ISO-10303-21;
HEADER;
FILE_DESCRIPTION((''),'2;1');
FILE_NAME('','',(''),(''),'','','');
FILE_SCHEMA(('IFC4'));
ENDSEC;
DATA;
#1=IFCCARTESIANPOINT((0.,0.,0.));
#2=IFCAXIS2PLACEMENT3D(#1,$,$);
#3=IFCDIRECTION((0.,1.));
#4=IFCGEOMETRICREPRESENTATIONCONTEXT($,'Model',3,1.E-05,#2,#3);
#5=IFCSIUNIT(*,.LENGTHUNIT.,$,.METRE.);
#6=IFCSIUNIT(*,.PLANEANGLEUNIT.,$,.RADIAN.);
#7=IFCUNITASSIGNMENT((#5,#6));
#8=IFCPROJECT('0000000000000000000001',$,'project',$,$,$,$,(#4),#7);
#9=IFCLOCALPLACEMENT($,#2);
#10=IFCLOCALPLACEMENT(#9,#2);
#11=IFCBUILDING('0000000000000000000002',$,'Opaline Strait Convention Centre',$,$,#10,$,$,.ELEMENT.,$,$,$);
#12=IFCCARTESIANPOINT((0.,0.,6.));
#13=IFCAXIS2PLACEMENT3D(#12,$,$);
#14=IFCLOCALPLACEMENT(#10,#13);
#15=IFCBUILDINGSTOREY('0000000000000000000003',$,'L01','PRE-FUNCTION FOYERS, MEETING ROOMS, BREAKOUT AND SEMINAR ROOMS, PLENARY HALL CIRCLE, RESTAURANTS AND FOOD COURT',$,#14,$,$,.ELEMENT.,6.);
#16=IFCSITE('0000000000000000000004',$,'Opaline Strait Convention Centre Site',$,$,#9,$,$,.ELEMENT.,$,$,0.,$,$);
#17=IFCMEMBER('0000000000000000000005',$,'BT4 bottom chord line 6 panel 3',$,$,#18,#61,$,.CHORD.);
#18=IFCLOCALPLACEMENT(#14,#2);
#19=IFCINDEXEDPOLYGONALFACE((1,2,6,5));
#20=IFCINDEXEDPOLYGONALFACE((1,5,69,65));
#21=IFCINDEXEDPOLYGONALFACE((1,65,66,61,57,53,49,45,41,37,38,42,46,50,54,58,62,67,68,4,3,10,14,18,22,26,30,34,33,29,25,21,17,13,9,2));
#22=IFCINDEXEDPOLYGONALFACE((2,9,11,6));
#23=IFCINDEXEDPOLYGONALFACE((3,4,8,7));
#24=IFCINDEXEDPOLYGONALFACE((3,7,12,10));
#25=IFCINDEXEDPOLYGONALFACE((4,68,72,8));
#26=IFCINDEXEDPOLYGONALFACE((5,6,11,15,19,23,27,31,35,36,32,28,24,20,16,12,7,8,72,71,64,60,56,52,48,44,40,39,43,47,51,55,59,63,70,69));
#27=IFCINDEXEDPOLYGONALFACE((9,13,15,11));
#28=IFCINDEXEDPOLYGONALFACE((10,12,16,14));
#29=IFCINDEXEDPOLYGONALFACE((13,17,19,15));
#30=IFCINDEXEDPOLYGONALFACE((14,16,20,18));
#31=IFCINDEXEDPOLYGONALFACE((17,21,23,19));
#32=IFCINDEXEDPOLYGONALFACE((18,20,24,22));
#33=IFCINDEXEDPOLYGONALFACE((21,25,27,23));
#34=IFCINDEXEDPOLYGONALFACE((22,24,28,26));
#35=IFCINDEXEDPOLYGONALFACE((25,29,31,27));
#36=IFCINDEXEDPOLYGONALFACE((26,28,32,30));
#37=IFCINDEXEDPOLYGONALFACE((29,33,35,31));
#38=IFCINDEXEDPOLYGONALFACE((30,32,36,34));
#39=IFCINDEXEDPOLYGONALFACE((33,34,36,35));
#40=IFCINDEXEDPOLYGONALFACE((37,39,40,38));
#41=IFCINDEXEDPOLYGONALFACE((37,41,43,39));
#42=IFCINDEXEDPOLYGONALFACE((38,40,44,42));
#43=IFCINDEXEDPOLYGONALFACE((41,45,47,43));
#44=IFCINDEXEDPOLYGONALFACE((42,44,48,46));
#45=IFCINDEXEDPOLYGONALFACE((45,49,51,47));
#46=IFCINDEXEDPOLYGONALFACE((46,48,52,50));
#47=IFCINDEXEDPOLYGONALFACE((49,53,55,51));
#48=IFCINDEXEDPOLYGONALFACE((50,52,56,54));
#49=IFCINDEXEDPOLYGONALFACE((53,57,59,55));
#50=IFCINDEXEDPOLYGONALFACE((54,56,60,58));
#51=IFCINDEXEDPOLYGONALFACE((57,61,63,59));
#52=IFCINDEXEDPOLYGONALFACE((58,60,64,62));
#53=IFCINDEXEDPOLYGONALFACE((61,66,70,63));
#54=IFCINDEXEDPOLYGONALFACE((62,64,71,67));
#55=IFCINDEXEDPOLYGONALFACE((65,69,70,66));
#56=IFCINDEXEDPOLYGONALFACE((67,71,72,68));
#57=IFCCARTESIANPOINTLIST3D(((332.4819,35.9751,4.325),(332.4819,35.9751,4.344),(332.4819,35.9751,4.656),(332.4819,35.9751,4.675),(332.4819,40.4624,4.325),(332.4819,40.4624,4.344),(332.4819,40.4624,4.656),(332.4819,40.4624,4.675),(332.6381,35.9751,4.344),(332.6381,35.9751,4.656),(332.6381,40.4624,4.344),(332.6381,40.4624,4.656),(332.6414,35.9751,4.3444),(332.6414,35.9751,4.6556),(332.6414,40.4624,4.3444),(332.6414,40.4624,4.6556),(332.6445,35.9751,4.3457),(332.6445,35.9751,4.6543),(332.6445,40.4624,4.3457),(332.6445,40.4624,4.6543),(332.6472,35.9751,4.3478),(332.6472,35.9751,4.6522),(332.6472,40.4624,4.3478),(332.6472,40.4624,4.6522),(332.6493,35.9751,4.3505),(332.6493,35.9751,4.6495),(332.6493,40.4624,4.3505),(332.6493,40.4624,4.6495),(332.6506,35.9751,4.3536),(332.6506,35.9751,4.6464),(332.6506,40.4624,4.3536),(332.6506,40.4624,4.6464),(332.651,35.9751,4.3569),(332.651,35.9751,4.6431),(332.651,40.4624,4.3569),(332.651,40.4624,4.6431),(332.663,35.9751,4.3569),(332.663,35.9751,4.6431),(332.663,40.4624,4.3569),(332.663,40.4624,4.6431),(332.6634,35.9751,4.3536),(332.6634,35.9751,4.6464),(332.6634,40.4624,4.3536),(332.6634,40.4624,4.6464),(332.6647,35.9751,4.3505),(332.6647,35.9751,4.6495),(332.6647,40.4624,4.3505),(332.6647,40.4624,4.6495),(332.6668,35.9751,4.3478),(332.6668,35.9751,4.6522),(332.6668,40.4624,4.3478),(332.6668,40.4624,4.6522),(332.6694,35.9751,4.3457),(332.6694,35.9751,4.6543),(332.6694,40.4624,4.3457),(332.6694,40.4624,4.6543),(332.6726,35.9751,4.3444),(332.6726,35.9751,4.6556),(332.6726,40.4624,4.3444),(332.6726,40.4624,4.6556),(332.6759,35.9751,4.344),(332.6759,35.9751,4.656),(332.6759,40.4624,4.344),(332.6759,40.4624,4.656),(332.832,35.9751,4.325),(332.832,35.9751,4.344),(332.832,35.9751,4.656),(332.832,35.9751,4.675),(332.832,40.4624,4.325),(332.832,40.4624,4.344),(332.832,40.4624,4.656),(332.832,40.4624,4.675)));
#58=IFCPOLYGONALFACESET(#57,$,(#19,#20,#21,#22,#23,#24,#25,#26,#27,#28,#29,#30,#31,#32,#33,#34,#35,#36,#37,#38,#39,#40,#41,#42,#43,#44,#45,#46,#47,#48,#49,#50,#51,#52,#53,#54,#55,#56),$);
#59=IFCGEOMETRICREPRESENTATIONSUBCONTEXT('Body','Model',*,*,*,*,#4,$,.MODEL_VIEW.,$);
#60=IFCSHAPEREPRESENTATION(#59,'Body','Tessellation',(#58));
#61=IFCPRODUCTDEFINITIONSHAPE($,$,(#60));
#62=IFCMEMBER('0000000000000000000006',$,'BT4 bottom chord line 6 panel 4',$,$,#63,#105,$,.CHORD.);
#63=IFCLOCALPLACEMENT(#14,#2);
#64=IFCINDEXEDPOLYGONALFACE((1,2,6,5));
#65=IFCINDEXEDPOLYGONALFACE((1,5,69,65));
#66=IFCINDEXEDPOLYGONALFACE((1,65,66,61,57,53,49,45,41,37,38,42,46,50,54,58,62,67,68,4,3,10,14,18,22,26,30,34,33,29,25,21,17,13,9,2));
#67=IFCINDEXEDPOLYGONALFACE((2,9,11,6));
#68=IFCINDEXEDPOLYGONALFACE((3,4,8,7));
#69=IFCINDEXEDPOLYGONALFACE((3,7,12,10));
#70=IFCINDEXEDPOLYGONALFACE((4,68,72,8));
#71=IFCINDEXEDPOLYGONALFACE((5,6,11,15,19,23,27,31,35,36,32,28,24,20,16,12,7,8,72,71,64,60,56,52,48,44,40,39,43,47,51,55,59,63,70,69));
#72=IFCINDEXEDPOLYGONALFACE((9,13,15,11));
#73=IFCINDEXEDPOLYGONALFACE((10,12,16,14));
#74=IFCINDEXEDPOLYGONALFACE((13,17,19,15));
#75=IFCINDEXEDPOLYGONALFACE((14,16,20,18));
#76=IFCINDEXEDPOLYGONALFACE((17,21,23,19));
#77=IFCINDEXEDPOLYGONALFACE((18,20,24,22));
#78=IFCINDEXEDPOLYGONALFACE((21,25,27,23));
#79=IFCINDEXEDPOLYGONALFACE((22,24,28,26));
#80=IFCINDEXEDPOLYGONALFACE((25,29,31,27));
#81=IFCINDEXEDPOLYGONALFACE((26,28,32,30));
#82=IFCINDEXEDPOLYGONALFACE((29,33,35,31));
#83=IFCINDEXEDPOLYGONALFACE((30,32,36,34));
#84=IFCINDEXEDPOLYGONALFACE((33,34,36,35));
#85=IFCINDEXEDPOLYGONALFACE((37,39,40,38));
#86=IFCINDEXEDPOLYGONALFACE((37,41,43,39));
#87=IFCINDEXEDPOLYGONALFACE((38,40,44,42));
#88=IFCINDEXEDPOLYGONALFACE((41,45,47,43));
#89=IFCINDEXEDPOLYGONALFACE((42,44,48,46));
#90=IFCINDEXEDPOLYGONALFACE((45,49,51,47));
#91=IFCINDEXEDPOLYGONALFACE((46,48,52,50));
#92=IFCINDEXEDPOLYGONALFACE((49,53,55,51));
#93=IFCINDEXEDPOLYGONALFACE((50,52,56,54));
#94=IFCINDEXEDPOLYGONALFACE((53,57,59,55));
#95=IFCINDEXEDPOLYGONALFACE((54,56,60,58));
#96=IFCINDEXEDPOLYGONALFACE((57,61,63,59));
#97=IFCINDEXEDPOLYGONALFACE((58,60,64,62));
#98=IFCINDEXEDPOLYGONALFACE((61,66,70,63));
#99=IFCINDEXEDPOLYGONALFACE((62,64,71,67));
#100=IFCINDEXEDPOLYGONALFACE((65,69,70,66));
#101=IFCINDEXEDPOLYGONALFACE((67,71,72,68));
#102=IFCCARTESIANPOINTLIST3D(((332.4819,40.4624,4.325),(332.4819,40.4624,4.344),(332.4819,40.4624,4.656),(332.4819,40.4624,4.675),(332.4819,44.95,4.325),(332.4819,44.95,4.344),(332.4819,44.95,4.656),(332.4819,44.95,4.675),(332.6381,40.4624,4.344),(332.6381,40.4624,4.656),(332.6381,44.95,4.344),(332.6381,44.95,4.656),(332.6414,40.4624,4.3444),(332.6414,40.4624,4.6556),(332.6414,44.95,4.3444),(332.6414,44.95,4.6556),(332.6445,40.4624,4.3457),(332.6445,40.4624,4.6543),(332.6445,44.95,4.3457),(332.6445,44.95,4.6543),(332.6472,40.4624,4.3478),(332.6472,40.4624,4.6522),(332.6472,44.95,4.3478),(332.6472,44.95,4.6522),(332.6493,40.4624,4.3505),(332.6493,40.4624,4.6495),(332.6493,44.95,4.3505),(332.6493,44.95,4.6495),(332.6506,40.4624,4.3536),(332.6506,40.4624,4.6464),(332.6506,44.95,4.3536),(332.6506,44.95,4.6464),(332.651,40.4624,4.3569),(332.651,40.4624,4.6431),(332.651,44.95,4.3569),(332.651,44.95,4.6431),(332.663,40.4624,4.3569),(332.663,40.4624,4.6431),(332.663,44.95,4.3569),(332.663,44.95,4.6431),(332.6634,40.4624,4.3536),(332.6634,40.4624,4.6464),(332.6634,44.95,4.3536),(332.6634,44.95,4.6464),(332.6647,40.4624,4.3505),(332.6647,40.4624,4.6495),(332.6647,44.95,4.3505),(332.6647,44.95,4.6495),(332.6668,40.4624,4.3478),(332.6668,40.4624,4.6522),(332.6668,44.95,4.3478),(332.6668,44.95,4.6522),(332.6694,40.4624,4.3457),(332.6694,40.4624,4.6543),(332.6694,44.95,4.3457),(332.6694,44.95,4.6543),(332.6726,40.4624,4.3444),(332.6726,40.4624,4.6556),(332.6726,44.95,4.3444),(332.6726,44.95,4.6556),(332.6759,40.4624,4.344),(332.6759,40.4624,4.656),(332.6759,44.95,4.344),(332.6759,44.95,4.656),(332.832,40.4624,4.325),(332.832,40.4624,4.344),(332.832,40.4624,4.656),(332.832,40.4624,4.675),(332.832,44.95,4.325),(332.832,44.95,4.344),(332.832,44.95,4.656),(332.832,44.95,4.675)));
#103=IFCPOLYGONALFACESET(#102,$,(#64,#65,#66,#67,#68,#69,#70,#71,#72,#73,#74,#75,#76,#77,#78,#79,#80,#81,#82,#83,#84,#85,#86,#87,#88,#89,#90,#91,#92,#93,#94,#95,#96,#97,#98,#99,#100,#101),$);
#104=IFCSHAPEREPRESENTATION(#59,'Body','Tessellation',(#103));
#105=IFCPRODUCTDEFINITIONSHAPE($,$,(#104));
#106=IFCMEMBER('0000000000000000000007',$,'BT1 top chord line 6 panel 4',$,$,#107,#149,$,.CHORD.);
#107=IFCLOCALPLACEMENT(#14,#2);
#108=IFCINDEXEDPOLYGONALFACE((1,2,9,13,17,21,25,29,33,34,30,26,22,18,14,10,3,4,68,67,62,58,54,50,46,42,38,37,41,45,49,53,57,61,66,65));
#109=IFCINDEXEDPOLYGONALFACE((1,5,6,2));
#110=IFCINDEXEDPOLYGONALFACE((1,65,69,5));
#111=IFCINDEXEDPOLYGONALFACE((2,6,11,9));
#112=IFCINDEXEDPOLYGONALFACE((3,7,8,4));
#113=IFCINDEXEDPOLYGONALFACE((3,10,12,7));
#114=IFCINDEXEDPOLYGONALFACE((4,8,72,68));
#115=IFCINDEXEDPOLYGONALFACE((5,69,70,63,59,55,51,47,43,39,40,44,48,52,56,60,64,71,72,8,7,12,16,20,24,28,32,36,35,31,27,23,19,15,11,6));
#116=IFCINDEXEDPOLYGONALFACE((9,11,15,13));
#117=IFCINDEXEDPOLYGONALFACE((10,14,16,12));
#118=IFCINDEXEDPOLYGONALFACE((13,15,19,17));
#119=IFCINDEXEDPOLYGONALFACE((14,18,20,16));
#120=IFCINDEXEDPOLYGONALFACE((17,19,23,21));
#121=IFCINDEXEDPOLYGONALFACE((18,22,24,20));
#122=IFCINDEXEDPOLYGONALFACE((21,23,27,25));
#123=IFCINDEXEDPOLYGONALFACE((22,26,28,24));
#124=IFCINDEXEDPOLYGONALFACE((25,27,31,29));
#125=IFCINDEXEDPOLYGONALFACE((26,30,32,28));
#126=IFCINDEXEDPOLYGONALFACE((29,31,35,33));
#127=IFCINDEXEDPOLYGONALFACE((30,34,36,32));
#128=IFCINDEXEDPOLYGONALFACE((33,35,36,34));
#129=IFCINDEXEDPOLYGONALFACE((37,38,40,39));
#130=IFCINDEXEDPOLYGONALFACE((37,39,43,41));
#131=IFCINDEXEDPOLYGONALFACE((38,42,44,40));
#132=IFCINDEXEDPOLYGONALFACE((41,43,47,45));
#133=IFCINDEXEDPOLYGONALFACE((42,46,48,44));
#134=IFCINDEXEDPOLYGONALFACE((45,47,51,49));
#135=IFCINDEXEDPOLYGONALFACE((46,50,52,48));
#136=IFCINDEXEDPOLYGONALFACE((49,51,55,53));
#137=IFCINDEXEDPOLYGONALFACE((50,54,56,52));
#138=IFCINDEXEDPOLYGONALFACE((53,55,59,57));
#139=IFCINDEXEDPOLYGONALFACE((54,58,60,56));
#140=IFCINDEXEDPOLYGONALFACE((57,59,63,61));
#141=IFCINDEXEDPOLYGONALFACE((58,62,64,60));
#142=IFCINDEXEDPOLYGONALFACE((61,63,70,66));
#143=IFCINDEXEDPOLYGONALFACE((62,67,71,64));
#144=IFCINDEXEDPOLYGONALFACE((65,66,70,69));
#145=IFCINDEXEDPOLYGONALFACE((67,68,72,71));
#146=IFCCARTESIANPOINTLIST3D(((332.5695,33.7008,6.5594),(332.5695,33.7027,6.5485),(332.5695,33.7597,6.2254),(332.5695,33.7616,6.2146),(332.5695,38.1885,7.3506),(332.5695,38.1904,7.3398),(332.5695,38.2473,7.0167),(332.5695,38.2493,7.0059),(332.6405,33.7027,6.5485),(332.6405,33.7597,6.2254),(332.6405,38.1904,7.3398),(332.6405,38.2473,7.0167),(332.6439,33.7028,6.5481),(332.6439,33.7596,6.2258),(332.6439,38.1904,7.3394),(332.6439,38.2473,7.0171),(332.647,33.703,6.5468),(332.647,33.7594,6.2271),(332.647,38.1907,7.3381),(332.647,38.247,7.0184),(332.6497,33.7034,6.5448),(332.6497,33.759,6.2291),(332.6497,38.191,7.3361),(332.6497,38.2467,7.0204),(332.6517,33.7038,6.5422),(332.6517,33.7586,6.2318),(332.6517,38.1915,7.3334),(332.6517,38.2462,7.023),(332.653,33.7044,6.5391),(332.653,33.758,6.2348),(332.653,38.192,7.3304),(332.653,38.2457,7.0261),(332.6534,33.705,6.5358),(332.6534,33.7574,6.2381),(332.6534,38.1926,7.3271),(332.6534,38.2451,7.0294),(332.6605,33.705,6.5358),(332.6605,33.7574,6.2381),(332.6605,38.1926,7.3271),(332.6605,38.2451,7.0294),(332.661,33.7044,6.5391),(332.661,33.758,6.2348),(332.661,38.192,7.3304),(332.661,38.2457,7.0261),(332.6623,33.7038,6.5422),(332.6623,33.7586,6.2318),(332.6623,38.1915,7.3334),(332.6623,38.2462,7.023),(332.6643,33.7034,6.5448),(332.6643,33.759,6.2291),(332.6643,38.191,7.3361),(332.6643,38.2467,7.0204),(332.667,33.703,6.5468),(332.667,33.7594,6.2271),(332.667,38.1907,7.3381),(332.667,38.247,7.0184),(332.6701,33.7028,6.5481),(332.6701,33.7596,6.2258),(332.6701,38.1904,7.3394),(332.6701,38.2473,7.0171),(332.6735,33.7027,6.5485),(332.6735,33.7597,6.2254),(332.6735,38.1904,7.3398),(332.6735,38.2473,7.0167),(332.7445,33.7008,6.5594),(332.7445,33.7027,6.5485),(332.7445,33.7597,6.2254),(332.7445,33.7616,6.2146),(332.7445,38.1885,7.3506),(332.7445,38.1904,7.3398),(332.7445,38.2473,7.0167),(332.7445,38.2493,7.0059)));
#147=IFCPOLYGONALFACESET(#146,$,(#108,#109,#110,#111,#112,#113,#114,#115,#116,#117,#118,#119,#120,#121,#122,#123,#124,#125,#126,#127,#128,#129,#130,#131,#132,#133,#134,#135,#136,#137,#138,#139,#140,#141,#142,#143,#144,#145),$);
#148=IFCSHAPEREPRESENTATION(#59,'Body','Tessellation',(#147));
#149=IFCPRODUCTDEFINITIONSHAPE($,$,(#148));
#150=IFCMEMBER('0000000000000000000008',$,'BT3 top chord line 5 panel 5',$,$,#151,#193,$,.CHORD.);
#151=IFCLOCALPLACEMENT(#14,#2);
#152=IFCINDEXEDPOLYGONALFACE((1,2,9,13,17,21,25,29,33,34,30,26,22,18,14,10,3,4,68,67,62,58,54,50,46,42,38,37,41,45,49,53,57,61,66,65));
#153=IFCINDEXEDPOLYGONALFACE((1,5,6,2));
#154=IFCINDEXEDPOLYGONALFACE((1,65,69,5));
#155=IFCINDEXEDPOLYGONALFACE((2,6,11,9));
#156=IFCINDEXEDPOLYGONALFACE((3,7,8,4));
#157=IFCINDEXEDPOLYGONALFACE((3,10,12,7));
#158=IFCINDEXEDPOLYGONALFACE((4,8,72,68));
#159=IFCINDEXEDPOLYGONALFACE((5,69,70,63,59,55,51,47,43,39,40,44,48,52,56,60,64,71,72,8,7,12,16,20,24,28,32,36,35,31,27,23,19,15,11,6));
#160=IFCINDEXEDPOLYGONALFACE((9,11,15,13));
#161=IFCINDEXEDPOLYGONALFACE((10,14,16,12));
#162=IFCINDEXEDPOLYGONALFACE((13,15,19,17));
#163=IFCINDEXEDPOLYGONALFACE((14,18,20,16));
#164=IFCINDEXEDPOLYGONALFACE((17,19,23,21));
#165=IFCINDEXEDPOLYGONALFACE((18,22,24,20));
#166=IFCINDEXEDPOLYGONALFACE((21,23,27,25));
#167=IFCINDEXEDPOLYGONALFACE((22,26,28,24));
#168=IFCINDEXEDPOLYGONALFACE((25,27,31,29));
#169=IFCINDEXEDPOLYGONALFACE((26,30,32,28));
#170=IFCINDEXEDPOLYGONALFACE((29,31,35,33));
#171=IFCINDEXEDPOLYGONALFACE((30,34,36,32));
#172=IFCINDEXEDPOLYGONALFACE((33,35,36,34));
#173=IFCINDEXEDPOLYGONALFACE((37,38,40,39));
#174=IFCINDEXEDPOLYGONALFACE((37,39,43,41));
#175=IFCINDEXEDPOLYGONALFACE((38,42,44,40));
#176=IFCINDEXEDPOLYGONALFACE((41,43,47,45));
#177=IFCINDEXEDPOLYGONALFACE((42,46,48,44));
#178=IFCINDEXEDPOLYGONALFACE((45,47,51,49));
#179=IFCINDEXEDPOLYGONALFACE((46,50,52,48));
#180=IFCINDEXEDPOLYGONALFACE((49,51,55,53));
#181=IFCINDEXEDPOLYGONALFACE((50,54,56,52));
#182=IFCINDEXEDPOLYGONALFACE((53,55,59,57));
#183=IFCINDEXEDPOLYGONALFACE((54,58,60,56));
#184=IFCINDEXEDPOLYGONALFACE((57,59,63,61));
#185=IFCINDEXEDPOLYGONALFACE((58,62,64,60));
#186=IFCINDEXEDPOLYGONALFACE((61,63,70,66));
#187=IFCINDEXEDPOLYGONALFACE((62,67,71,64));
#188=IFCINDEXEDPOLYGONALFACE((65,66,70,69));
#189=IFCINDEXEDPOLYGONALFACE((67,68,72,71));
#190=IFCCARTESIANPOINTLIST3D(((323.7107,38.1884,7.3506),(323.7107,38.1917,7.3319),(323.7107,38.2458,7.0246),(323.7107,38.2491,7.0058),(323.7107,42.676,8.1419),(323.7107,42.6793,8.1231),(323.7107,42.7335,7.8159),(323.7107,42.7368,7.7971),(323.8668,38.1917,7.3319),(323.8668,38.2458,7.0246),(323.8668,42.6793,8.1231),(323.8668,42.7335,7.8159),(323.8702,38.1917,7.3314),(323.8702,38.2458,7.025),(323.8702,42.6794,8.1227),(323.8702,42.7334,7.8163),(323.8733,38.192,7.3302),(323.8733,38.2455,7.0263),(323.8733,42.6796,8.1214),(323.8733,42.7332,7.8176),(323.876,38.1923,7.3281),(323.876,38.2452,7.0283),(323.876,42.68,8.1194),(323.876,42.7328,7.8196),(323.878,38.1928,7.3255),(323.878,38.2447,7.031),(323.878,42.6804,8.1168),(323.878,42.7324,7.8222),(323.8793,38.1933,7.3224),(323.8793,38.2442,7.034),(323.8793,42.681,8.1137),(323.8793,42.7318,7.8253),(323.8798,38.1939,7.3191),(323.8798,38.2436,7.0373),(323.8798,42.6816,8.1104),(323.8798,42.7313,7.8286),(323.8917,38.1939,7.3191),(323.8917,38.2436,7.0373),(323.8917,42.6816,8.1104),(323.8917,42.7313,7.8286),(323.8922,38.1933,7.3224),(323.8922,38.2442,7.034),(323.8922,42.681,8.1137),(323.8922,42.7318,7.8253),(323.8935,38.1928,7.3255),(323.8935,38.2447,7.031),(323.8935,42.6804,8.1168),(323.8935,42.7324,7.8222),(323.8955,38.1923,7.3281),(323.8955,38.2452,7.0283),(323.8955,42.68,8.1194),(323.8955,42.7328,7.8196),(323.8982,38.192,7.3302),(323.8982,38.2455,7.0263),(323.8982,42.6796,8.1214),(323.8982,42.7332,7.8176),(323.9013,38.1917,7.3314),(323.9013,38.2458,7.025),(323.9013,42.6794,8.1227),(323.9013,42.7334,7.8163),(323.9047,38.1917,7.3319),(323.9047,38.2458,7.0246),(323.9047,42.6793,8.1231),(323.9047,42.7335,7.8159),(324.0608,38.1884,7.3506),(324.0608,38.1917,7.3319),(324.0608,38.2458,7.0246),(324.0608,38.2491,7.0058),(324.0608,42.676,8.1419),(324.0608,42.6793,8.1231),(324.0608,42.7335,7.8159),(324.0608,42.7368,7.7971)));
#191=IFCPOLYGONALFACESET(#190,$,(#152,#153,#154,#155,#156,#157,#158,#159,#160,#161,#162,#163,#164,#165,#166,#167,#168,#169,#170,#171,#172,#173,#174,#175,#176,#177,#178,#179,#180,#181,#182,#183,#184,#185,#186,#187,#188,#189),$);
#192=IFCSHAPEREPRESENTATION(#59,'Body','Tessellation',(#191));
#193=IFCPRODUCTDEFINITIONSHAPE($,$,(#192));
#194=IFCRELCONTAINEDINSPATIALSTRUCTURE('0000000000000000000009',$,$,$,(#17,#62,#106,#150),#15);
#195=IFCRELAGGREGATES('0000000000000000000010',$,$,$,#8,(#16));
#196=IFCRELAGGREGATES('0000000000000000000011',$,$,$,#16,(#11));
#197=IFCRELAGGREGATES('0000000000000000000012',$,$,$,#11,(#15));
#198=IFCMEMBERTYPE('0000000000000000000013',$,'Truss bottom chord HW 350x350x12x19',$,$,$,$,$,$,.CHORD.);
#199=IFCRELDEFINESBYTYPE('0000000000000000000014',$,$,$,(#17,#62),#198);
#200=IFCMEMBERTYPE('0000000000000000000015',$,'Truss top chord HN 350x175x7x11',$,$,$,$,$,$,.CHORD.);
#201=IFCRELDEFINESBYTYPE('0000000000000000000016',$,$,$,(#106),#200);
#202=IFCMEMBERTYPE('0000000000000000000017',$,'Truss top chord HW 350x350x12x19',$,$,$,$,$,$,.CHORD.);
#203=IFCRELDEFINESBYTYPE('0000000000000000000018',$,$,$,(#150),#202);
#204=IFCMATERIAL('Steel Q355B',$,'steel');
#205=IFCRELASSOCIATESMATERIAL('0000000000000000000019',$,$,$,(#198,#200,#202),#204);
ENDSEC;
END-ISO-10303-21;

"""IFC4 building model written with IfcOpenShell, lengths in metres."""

from ifc_helpers import new_model, si_unit, direction, frame, origin, origin_2d, place, context, subcontext, project, spatial, i_section, extrude, material, material_profile, profile_set, type_object, element, save


model = new_model("IFC4")

# Units and contexts
model_context = context("Model", 3, precision=1e-05, world=origin(), true_north=direction((0.0, 1.0)))
body_context = subcontext(model_context, "Body", "Model", "MODEL_VIEW")
ifc_project = project(units=[si_unit("LENGTHUNIT", "METRE"), si_unit("PLANEANGLEUNIT", "RADIAN")], contexts=[model_context])

# Site, building, storey
site_placement = place(None, origin())
site = spatial("IfcSite", under=ifc_project, at=site_placement, Name="Opaline Strait Convention Centre Site", CompositionType="ELEMENT", RefElevation=0.0)
building_placement = place(site_placement, origin())
building = spatial("IfcBuilding", under=site, at=building_placement, Name="Opaline Strait Convention Centre", CompositionType="ELEMENT")
storey_placement = place(building_placement, frame((0.0, 0.0, 6.0)))
storey = spatial("IfcBuildingStorey", under=building, at=storey_placement, Name="L01", Description="PRE-FUNCTION FOYERS, MEETING ROOMS, BREAKOUT AND SEMINAR ROOMS, PLENARY HALL CIRCLE, RESTAURANTS AND FOOD COURT", CompositionType="ELEMENT", Elevation=6.0)

# Members
ifc_material_1 = material(Name="Steel Q355B", Category="steel")
ifc_material_profile_1 = material_profile(ifc_material_1, i_section(OverallWidth=0.3501, OverallDepth=0.3501, WebThickness=0.012, FlangeThickness=0.019, FilletRadius=0.0129, at=origin_2d()), Name="HW 350x350x12x19")
ifc_profile_set_1 = profile_set([ifc_material_profile_1], Name="Steel Q355B")
member_type_1 = type_object("IfcMemberType", Name="Truss bottom chord HW 350x350x12x19", PredefinedType="CHORD", material=ifc_profile_set_1)
member_1_placement = place(storey_placement, frame((332.657, 35.9751, 4.5), z_axis=(0.0, 1.0, 0.0), x_axis=(-1.0, 0.0, 0.0)))
element("IfcMember", 1, at=member_1_placement, inside=storey, type_object=member_type_1, Name="BT4 bottom chord line 6 panel 3", PredefinedType="CHORD", context=body_context, shape_type="SweptSolid", body=[
    extrude(i_section(OverallWidth=0.3501, OverallDepth=0.3501, WebThickness=0.012, FlangeThickness=0.019, FilletRadius=0.0129, at=origin_2d()), origin(), (0.0, 0.0, 1.0), 4.4873),
])
member_2_placement = place(storey_placement, frame((332.657, 40.4624, 4.5), z_axis=(0.0, 1.0, 0.0), x_axis=(-1.0, 0.0, 0.0)))
element("IfcMember", 2, at=member_2_placement, inside=storey, type_object=member_type_1, Name="BT4 bottom chord line 6 panel 4", PredefinedType="CHORD", context=body_context, shape_type="SweptSolid", body=[
    extrude(i_section(OverallWidth=0.3501, OverallDepth=0.3501, WebThickness=0.012, FlangeThickness=0.019, FilletRadius=0.0129, at=origin_2d()), origin(), (0.0, 0.0, 1.0), 4.4875),
])
ifc_material_profile_2 = material_profile(ifc_material_1, i_section(OverallWidth=0.175, OverallDepth=0.3501, WebThickness=0.0071, FlangeThickness=0.011, FilletRadius=0.0129, at=origin_2d()), Name="HN 350x175x7x11")
ifc_profile_set_2 = profile_set([ifc_material_profile_2], Name="Steel Q355B")
member_type_2 = type_object("IfcMemberType", Name="Truss top chord HN 350x175x7x11", PredefinedType="CHORD", material=ifc_profile_set_2)
member_3_placement = place(storey_placement, frame((332.657, 33.7312, 6.387), z_axis=(0.0, 0.984808, 0.173645), x_axis=(-1.0, 0.0, 0.0)))
element("IfcMember", 3, at=member_3_placement, inside=storey, type_object=member_type_2, Name="BT1 top chord line 6 panel 4", PredefinedType="CHORD", context=body_context, shape_type="SweptSolid", body=[
    extrude(i_section(OverallWidth=0.175, OverallDepth=0.3501, WebThickness=0.0071, FlangeThickness=0.011, FilletRadius=0.0129, at=origin_2d()), origin(), (0.0, 0.0, 1.0), 4.5569),
])
ifc_material_profile_3 = material_profile(ifc_material_1, i_section(OverallWidth=0.3501, OverallDepth=0.3501, WebThickness=0.012, FlangeThickness=0.019, FilletRadius=0.0129, at=origin_2d()), Name="HW 350x350x12x19")
ifc_profile_set_3 = profile_set([ifc_material_profile_3], Name="Steel Q355B")
member_type_3 = type_object("IfcMemberType", Name="Truss top chord HW 350x350x12x19", PredefinedType="CHORD", material=ifc_profile_set_3)
for number, where, z_axis, x_axis, name in (
    (4, (323.8857, 38.2188, 7.1782), (0.0, 0.984808, 0.173645), (-1.0, 0.0, 0.0), "BT3 top chord line 5 panel 5"),
):
    element("IfcMember", number, at=place(storey_placement, frame(where, z_axis=z_axis, x_axis=x_axis)), inside=storey, type_object=member_type_3, Name=name, PredefinedType="CHORD", context=body_context, shape_type="SweptSolid", body=[
        extrude(i_section(OverallWidth=0.3501, OverallDepth=0.3501, WebThickness=0.012, FlangeThickness=0.019, FilletRadius=0.0129, at=origin_2d()), origin(), (0.0, 0.0, 1.0), 4.5569),
    ])

save(model, "model.ifc")
